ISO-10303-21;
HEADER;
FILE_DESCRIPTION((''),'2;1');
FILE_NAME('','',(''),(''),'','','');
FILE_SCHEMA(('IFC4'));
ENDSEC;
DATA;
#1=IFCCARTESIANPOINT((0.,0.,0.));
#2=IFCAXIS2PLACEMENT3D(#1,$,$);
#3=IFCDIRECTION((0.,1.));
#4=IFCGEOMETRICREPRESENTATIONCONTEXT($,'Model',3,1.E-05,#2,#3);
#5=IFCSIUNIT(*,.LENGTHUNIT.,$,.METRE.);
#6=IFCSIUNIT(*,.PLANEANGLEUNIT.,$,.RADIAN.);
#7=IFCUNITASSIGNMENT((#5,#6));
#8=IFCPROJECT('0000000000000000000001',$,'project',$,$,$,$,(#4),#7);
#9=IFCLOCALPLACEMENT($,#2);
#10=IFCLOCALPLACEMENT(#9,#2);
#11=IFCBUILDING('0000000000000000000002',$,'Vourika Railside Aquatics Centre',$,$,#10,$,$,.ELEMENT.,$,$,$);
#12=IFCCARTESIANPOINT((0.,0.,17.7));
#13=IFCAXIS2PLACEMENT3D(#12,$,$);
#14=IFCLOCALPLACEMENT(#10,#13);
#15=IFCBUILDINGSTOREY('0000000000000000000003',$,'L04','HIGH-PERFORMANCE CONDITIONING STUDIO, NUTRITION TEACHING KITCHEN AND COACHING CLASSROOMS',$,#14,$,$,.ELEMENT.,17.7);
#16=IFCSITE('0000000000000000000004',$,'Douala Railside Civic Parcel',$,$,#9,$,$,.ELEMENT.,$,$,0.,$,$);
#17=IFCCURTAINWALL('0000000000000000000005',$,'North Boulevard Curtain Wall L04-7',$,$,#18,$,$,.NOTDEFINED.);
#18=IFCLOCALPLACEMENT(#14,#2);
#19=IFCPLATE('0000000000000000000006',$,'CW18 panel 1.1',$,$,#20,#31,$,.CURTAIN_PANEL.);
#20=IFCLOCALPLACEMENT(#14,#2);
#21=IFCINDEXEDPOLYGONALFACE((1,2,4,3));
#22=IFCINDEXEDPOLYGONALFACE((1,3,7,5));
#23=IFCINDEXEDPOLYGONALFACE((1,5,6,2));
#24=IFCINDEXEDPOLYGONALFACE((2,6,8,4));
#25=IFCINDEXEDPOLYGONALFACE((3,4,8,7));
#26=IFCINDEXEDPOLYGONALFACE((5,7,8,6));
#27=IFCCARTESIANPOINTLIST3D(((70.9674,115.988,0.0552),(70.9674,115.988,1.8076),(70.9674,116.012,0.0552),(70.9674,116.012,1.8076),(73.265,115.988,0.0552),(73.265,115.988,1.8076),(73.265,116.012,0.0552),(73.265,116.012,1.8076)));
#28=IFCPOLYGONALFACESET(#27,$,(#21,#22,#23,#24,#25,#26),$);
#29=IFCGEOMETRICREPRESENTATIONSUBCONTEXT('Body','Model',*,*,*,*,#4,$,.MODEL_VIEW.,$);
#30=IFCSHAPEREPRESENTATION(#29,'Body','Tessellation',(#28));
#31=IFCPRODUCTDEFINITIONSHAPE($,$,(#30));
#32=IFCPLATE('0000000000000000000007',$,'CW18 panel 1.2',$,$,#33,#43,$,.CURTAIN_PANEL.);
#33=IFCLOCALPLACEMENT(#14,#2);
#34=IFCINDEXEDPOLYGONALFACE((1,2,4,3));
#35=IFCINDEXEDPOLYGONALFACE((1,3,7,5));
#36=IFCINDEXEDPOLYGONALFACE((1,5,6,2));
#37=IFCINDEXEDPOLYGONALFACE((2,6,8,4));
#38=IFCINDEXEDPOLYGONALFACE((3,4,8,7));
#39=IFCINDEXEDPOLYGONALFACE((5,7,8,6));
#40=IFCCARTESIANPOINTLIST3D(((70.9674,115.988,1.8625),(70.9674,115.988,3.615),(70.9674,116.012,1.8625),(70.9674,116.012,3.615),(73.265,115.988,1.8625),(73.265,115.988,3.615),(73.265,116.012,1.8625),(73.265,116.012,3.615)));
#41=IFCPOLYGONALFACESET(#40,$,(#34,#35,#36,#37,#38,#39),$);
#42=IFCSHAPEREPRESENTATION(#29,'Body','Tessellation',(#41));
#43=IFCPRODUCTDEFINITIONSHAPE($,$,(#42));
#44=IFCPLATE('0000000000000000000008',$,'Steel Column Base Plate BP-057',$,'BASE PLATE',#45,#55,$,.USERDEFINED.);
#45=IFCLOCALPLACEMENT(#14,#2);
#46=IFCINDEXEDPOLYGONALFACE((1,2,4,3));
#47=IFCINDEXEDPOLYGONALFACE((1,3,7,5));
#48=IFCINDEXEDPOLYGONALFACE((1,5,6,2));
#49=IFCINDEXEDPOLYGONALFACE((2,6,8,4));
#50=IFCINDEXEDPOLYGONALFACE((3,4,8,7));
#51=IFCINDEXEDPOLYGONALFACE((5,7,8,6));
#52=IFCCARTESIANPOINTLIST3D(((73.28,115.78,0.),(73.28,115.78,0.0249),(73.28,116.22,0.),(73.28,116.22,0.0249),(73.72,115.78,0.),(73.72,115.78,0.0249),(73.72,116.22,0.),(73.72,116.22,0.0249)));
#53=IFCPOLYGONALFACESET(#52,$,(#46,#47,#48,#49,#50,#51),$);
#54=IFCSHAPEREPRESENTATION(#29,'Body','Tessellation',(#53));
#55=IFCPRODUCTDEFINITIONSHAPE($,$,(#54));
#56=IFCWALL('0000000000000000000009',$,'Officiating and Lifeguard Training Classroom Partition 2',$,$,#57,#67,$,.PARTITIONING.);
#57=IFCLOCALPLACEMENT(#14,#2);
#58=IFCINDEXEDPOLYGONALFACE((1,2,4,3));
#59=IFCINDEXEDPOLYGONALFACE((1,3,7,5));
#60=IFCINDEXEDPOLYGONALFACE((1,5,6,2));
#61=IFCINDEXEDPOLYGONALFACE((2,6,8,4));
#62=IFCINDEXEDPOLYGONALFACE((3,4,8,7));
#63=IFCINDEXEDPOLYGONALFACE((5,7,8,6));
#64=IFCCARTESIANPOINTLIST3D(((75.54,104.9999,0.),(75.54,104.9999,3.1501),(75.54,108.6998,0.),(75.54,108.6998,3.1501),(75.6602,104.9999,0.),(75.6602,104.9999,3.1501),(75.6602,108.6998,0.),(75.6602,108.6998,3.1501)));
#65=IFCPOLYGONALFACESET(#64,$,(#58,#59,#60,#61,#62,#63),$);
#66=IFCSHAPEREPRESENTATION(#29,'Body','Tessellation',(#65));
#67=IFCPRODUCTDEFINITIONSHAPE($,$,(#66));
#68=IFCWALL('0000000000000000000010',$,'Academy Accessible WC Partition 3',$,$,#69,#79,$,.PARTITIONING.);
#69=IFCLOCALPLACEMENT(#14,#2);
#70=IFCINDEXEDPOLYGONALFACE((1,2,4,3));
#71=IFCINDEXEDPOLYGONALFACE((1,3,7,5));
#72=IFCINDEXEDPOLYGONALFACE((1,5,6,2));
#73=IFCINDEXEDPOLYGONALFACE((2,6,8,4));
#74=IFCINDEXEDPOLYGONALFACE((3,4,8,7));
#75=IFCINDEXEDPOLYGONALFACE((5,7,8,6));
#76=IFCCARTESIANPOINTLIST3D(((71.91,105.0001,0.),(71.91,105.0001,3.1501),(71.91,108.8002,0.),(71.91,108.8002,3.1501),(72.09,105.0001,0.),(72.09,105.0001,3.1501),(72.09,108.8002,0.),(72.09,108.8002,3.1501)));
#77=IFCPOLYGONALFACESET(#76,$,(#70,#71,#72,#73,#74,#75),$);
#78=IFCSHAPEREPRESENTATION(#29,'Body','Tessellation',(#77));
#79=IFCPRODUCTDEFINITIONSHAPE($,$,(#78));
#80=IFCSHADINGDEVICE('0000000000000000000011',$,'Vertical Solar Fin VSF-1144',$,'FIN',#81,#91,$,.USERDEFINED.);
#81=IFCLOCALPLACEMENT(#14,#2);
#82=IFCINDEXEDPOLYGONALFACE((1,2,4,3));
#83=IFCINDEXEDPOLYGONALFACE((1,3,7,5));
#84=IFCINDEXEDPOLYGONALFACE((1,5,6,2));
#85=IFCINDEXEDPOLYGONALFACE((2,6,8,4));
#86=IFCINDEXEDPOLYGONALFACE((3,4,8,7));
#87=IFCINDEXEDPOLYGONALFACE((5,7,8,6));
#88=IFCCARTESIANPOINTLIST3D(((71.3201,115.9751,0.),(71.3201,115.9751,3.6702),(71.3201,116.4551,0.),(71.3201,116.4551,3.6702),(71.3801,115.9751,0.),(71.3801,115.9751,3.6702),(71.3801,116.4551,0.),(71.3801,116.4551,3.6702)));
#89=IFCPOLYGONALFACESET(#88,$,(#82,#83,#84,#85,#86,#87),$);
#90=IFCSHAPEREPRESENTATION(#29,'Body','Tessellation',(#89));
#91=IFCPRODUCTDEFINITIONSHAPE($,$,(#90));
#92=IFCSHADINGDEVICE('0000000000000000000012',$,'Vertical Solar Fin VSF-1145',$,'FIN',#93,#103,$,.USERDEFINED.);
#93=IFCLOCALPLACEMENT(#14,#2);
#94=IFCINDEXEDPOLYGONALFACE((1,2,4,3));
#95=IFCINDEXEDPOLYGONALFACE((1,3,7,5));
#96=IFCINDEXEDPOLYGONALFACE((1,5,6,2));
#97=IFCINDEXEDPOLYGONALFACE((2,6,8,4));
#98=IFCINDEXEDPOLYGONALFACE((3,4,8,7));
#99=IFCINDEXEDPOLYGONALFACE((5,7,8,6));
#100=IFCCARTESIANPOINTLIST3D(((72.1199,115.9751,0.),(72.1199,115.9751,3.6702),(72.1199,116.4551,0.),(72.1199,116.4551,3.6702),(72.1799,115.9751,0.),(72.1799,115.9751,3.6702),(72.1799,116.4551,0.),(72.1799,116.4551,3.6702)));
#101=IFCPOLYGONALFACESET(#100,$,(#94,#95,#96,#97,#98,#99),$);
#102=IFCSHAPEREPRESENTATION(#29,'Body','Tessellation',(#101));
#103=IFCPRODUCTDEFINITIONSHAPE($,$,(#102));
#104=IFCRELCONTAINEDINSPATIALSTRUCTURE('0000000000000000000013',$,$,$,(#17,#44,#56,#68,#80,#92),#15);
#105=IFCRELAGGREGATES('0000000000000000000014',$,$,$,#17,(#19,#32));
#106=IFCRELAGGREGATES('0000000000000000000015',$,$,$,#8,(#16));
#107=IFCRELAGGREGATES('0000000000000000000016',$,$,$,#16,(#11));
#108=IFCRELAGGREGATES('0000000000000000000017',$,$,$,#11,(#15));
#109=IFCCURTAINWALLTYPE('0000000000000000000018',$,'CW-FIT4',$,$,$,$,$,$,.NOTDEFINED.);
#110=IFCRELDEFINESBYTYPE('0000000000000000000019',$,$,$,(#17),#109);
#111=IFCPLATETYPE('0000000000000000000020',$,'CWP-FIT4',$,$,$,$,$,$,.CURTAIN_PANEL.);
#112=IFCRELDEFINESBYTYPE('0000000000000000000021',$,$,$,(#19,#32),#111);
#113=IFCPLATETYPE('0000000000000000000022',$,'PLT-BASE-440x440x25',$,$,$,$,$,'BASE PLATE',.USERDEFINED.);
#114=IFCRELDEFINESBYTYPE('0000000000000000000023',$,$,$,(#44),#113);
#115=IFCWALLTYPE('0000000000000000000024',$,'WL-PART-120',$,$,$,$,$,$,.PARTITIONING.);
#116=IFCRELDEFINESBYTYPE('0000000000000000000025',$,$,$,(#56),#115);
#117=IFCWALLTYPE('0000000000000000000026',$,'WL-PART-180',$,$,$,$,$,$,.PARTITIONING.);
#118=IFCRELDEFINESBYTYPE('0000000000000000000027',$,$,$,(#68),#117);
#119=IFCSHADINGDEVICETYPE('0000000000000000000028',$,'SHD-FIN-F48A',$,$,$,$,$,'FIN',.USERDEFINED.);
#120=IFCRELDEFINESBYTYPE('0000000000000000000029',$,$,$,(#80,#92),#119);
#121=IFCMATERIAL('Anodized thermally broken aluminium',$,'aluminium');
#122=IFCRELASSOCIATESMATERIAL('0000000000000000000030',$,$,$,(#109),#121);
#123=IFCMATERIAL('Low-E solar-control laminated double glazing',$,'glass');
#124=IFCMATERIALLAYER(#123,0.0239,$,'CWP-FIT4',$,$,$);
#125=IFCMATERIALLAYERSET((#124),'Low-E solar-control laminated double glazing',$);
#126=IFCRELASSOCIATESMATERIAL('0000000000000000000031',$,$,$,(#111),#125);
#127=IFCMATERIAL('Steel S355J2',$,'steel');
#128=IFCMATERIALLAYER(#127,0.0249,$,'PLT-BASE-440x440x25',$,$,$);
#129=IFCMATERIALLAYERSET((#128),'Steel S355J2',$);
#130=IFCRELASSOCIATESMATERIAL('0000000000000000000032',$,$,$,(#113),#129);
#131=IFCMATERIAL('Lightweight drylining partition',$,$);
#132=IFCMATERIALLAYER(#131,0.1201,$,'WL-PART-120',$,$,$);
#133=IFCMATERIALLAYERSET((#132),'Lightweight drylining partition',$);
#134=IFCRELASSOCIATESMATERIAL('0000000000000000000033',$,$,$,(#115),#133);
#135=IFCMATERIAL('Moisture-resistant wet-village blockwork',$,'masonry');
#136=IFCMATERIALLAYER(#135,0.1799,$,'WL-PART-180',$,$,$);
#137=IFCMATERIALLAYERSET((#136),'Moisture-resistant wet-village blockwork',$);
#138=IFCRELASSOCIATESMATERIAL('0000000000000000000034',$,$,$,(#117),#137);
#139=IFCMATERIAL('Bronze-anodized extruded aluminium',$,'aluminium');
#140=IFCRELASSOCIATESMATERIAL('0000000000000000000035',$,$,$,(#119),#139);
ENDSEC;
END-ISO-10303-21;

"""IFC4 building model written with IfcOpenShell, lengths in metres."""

from ifc_helpers import new_model, si_unit, direction, frame, frame_2d, origin, origin_2d, place, context, subcontext, project, spatial, rectangle, extrude, material, layer, layer_set, material_profile, profile_set, type_object, element, aggregate, save


model = new_model("IFC4")

# Units and contexts
model_context = context("Model", 3, precision=1e-05, world=origin(), true_north=direction((0.0, 1.0)))
body_context = subcontext(model_context, "Body", "Model", "MODEL_VIEW")
ifc_project = project(units=[si_unit("LENGTHUNIT", "METRE"), si_unit("PLANEANGLEUNIT", "RADIAN")], contexts=[model_context])

# Site, building, storey
site_placement = place(None, origin())
site = spatial("IfcSite", under=ifc_project, at=site_placement, Name="Douala Railside Civic Parcel", CompositionType="ELEMENT", RefElevation=0.0)
building_placement = place(site_placement, origin())
building = spatial("IfcBuilding", under=site, at=building_placement, Name="Vourika Railside Aquatics Centre", CompositionType="ELEMENT")
storey_placement = place(building_placement, frame((0.0, 0.0, 17.7)))
storey = spatial("IfcBuildingStorey", under=building, at=storey_placement, Name="L04", Description="HIGH-PERFORMANCE CONDITIONING STUDIO, NUTRITION TEACHING KITCHEN AND COACHING CLASSROOMS", CompositionType="ELEMENT", Elevation=17.7)

# Shared definitions
ifc_material_1 = material(Name="Steel S355J2", Category="steel")

# Curtain wall, plates
ifc_material_2 = material(Name="Anodized thermally broken aluminium", Category="aluminium")
curtain_wall_type = type_object("IfcCurtainWallType", Name="CW-FIT4", PredefinedType="NOTDEFINED", material=ifc_material_2)
curtain_wall_placement = place(storey_placement, origin())
curtain_wall = element("IfcCurtainWall", 1, at=curtain_wall_placement, inside=storey, type_object=curtain_wall_type, Name="North Boulevard Curtain Wall L04-7", PredefinedType="NOTDEFINED")
ifc_material_3 = material(Name="Low-E solar-control laminated double glazing", Category="glass")
ifc_layer_1 = layer(ifc_material_3, 0.0239, Name="CWP-FIT4")
ifc_layer_set_1 = layer_set([ifc_layer_1], Name="Low-E solar-control laminated double glazing")
plate_type_1 = type_object("IfcPlateType", Name="CWP-FIT4", PredefinedType="CURTAIN_PANEL", material=ifc_layer_set_1)
plate_1_placement = place(storey_placement, frame((72.1162, 116.0, 0.0552), z_axis=(0.0, 0.0, 1.0), x_axis=(-1.0, 0.0, 0.0)))
plate_1 = element("IfcPlate", 2, at=plate_1_placement, type_object=plate_type_1, Name="CW18 panel 1.1", PredefinedType="CURTAIN_PANEL", context=body_context, shape_type="SweptSolid", body=[
    extrude(rectangle(XDim=2.2976, YDim=0.0239, at=origin_2d()), origin(), (0.0, 0.0, 1.0), 1.7524),
])
plate_2_placement = place(storey_placement, frame((72.1162, 116.0, 1.8625), z_axis=(0.0, 0.0, 1.0), x_axis=(-1.0, 0.0, 0.0)))
plate_2 = element("IfcPlate", 3, at=plate_2_placement, type_object=plate_type_1, Name="CW18 panel 1.2", PredefinedType="CURTAIN_PANEL", context=body_context, shape_type="SweptSolid", body=[
    extrude(rectangle(XDim=2.2976, YDim=0.0239, at=origin_2d()), origin(), (0.0, 0.0, 1.0), 1.7524),
])
aggregate(curtain_wall, [plate_1, plate_2])

# Plate
ifc_layer_2 = layer(ifc_material_1, 0.0249, Name="PLT-BASE-440x440x25")
ifc_layer_set_2 = layer_set([ifc_layer_2], Name="Steel S355J2")
plate_type_2 = type_object("IfcPlateType", Name="PLT-BASE-440x440x25", ElementType="BASE PLATE", PredefinedType="USERDEFINED", material=ifc_layer_set_2)
plate_3_placement = place(storey_placement, frame((73.5, 116.0, 0.0), z_axis=(0.0, 0.0, 1.0), x_axis=(1.0, 0.0, 0.0)))
element("IfcPlate", 4, at=plate_3_placement, inside=storey, type_object=plate_type_2, Name="Steel Column Base Plate BP-057", ObjectType="BASE PLATE", PredefinedType="USERDEFINED", context=body_context, shape_type="SweptSolid", body=[
    extrude(rectangle(XDim=0.4399, YDim=0.4399, at=origin_2d()), origin(), (0.0, 0.0, 1.0), 0.0249),
])

# Walls
ifc_material_4 = material(Name="Lightweight drylining partition")
ifc_layer_3 = layer(ifc_material_4, 0.1201, Name="WL-PART-120")
ifc_layer_set_3 = layer_set([ifc_layer_3], Name="Lightweight drylining partition")
wall_type_1 = type_object("IfcWallType", Name="WL-PART-120", PredefinedType="PARTITIONING", material=ifc_layer_set_3)
wall_1_placement = place(storey_placement, frame((75.6001, 108.7, 0.0), z_axis=(0.0, 0.0, 1.0), x_axis=(0.0, -1.0, 0.0)))
element("IfcWall", 5, at=wall_1_placement, inside=storey, type_object=wall_type_1, Name="Officiating and Lifeguard Training Classroom Partition 2", PredefinedType="PARTITIONING", context=body_context, shape_type="SweptSolid", body=[
    extrude(rectangle(XDim=3.7, YDim=0.1201, at=frame_2d((1.8501, 0.0))), origin(), (0.0, 0.0, 1.0), 3.1501),
])
ifc_material_5 = material(Name="Moisture-resistant wet-village blockwork", Category="masonry")
ifc_layer_4 = layer(ifc_material_5, 0.1799, Name="WL-PART-180")
ifc_layer_set_4 = layer_set([ifc_layer_4], Name="Moisture-resistant wet-village blockwork")
wall_type_2 = type_object("IfcWallType", Name="WL-PART-180", PredefinedType="PARTITIONING", material=ifc_layer_set_4)
wall_2_placement = place(storey_placement, frame((72.0, 108.8, 0.0), z_axis=(0.0, 0.0, 1.0), x_axis=(0.0, -1.0, 0.0)))
element("IfcWall", 6, at=wall_2_placement, inside=storey, type_object=wall_type_2, Name="Academy Accessible WC Partition 3", PredefinedType="PARTITIONING", context=body_context, shape_type="SweptSolid", body=[
    extrude(rectangle(XDim=3.8, YDim=0.1799, at=frame_2d((1.8999, 0.0))), origin(), (0.0, 0.0, 1.0), 3.1501),
])

# Shading devices
ifc_material_6 = material(Name="Bronze-anodized extruded aluminium", Category="aluminium")
ifc_material_profile_1 = material_profile(ifc_material_6, rectangle(XDim=0.0601, YDim=0.48, at=origin_2d()), Name="ALU-FIN 60x480")
ifc_profile_set_1 = profile_set([ifc_material_profile_1], Name="Bronze-anodized extruded aluminium")
shading_device_type = type_object("IfcShadingDeviceType", Name="SHD-FIN-F48A", ElementType="FIN", PredefinedType="USERDEFINED", material=ifc_profile_set_1)
for number, where, z_axis, x_axis, name in (
    (7, (71.3501, 116.2151, 0.0), (0.0, 0.0, 1.0), (1.0, 0.0, 0.0), "Vertical Solar Fin VSF-1144"),
    (8, (72.1499, 116.2151, 0.0), (0.0, 0.0, 1.0), (1.0, 0.0, 0.0), "Vertical Solar Fin VSF-1145"),
):
    element("IfcShadingDevice", number, at=place(storey_placement, frame(where, z_axis=z_axis, x_axis=x_axis)), inside=storey, type_object=shading_device_type, Name=name, ObjectType="FIN", PredefinedType="USERDEFINED", context=body_context, shape_type="SweptSolid", body=[
        extrude(rectangle(XDim=0.0601, YDim=0.48, at=origin_2d()), origin(), (0.0, 0.0, 1.0), 3.6702),
    ])

save(model, "model.ifc")
